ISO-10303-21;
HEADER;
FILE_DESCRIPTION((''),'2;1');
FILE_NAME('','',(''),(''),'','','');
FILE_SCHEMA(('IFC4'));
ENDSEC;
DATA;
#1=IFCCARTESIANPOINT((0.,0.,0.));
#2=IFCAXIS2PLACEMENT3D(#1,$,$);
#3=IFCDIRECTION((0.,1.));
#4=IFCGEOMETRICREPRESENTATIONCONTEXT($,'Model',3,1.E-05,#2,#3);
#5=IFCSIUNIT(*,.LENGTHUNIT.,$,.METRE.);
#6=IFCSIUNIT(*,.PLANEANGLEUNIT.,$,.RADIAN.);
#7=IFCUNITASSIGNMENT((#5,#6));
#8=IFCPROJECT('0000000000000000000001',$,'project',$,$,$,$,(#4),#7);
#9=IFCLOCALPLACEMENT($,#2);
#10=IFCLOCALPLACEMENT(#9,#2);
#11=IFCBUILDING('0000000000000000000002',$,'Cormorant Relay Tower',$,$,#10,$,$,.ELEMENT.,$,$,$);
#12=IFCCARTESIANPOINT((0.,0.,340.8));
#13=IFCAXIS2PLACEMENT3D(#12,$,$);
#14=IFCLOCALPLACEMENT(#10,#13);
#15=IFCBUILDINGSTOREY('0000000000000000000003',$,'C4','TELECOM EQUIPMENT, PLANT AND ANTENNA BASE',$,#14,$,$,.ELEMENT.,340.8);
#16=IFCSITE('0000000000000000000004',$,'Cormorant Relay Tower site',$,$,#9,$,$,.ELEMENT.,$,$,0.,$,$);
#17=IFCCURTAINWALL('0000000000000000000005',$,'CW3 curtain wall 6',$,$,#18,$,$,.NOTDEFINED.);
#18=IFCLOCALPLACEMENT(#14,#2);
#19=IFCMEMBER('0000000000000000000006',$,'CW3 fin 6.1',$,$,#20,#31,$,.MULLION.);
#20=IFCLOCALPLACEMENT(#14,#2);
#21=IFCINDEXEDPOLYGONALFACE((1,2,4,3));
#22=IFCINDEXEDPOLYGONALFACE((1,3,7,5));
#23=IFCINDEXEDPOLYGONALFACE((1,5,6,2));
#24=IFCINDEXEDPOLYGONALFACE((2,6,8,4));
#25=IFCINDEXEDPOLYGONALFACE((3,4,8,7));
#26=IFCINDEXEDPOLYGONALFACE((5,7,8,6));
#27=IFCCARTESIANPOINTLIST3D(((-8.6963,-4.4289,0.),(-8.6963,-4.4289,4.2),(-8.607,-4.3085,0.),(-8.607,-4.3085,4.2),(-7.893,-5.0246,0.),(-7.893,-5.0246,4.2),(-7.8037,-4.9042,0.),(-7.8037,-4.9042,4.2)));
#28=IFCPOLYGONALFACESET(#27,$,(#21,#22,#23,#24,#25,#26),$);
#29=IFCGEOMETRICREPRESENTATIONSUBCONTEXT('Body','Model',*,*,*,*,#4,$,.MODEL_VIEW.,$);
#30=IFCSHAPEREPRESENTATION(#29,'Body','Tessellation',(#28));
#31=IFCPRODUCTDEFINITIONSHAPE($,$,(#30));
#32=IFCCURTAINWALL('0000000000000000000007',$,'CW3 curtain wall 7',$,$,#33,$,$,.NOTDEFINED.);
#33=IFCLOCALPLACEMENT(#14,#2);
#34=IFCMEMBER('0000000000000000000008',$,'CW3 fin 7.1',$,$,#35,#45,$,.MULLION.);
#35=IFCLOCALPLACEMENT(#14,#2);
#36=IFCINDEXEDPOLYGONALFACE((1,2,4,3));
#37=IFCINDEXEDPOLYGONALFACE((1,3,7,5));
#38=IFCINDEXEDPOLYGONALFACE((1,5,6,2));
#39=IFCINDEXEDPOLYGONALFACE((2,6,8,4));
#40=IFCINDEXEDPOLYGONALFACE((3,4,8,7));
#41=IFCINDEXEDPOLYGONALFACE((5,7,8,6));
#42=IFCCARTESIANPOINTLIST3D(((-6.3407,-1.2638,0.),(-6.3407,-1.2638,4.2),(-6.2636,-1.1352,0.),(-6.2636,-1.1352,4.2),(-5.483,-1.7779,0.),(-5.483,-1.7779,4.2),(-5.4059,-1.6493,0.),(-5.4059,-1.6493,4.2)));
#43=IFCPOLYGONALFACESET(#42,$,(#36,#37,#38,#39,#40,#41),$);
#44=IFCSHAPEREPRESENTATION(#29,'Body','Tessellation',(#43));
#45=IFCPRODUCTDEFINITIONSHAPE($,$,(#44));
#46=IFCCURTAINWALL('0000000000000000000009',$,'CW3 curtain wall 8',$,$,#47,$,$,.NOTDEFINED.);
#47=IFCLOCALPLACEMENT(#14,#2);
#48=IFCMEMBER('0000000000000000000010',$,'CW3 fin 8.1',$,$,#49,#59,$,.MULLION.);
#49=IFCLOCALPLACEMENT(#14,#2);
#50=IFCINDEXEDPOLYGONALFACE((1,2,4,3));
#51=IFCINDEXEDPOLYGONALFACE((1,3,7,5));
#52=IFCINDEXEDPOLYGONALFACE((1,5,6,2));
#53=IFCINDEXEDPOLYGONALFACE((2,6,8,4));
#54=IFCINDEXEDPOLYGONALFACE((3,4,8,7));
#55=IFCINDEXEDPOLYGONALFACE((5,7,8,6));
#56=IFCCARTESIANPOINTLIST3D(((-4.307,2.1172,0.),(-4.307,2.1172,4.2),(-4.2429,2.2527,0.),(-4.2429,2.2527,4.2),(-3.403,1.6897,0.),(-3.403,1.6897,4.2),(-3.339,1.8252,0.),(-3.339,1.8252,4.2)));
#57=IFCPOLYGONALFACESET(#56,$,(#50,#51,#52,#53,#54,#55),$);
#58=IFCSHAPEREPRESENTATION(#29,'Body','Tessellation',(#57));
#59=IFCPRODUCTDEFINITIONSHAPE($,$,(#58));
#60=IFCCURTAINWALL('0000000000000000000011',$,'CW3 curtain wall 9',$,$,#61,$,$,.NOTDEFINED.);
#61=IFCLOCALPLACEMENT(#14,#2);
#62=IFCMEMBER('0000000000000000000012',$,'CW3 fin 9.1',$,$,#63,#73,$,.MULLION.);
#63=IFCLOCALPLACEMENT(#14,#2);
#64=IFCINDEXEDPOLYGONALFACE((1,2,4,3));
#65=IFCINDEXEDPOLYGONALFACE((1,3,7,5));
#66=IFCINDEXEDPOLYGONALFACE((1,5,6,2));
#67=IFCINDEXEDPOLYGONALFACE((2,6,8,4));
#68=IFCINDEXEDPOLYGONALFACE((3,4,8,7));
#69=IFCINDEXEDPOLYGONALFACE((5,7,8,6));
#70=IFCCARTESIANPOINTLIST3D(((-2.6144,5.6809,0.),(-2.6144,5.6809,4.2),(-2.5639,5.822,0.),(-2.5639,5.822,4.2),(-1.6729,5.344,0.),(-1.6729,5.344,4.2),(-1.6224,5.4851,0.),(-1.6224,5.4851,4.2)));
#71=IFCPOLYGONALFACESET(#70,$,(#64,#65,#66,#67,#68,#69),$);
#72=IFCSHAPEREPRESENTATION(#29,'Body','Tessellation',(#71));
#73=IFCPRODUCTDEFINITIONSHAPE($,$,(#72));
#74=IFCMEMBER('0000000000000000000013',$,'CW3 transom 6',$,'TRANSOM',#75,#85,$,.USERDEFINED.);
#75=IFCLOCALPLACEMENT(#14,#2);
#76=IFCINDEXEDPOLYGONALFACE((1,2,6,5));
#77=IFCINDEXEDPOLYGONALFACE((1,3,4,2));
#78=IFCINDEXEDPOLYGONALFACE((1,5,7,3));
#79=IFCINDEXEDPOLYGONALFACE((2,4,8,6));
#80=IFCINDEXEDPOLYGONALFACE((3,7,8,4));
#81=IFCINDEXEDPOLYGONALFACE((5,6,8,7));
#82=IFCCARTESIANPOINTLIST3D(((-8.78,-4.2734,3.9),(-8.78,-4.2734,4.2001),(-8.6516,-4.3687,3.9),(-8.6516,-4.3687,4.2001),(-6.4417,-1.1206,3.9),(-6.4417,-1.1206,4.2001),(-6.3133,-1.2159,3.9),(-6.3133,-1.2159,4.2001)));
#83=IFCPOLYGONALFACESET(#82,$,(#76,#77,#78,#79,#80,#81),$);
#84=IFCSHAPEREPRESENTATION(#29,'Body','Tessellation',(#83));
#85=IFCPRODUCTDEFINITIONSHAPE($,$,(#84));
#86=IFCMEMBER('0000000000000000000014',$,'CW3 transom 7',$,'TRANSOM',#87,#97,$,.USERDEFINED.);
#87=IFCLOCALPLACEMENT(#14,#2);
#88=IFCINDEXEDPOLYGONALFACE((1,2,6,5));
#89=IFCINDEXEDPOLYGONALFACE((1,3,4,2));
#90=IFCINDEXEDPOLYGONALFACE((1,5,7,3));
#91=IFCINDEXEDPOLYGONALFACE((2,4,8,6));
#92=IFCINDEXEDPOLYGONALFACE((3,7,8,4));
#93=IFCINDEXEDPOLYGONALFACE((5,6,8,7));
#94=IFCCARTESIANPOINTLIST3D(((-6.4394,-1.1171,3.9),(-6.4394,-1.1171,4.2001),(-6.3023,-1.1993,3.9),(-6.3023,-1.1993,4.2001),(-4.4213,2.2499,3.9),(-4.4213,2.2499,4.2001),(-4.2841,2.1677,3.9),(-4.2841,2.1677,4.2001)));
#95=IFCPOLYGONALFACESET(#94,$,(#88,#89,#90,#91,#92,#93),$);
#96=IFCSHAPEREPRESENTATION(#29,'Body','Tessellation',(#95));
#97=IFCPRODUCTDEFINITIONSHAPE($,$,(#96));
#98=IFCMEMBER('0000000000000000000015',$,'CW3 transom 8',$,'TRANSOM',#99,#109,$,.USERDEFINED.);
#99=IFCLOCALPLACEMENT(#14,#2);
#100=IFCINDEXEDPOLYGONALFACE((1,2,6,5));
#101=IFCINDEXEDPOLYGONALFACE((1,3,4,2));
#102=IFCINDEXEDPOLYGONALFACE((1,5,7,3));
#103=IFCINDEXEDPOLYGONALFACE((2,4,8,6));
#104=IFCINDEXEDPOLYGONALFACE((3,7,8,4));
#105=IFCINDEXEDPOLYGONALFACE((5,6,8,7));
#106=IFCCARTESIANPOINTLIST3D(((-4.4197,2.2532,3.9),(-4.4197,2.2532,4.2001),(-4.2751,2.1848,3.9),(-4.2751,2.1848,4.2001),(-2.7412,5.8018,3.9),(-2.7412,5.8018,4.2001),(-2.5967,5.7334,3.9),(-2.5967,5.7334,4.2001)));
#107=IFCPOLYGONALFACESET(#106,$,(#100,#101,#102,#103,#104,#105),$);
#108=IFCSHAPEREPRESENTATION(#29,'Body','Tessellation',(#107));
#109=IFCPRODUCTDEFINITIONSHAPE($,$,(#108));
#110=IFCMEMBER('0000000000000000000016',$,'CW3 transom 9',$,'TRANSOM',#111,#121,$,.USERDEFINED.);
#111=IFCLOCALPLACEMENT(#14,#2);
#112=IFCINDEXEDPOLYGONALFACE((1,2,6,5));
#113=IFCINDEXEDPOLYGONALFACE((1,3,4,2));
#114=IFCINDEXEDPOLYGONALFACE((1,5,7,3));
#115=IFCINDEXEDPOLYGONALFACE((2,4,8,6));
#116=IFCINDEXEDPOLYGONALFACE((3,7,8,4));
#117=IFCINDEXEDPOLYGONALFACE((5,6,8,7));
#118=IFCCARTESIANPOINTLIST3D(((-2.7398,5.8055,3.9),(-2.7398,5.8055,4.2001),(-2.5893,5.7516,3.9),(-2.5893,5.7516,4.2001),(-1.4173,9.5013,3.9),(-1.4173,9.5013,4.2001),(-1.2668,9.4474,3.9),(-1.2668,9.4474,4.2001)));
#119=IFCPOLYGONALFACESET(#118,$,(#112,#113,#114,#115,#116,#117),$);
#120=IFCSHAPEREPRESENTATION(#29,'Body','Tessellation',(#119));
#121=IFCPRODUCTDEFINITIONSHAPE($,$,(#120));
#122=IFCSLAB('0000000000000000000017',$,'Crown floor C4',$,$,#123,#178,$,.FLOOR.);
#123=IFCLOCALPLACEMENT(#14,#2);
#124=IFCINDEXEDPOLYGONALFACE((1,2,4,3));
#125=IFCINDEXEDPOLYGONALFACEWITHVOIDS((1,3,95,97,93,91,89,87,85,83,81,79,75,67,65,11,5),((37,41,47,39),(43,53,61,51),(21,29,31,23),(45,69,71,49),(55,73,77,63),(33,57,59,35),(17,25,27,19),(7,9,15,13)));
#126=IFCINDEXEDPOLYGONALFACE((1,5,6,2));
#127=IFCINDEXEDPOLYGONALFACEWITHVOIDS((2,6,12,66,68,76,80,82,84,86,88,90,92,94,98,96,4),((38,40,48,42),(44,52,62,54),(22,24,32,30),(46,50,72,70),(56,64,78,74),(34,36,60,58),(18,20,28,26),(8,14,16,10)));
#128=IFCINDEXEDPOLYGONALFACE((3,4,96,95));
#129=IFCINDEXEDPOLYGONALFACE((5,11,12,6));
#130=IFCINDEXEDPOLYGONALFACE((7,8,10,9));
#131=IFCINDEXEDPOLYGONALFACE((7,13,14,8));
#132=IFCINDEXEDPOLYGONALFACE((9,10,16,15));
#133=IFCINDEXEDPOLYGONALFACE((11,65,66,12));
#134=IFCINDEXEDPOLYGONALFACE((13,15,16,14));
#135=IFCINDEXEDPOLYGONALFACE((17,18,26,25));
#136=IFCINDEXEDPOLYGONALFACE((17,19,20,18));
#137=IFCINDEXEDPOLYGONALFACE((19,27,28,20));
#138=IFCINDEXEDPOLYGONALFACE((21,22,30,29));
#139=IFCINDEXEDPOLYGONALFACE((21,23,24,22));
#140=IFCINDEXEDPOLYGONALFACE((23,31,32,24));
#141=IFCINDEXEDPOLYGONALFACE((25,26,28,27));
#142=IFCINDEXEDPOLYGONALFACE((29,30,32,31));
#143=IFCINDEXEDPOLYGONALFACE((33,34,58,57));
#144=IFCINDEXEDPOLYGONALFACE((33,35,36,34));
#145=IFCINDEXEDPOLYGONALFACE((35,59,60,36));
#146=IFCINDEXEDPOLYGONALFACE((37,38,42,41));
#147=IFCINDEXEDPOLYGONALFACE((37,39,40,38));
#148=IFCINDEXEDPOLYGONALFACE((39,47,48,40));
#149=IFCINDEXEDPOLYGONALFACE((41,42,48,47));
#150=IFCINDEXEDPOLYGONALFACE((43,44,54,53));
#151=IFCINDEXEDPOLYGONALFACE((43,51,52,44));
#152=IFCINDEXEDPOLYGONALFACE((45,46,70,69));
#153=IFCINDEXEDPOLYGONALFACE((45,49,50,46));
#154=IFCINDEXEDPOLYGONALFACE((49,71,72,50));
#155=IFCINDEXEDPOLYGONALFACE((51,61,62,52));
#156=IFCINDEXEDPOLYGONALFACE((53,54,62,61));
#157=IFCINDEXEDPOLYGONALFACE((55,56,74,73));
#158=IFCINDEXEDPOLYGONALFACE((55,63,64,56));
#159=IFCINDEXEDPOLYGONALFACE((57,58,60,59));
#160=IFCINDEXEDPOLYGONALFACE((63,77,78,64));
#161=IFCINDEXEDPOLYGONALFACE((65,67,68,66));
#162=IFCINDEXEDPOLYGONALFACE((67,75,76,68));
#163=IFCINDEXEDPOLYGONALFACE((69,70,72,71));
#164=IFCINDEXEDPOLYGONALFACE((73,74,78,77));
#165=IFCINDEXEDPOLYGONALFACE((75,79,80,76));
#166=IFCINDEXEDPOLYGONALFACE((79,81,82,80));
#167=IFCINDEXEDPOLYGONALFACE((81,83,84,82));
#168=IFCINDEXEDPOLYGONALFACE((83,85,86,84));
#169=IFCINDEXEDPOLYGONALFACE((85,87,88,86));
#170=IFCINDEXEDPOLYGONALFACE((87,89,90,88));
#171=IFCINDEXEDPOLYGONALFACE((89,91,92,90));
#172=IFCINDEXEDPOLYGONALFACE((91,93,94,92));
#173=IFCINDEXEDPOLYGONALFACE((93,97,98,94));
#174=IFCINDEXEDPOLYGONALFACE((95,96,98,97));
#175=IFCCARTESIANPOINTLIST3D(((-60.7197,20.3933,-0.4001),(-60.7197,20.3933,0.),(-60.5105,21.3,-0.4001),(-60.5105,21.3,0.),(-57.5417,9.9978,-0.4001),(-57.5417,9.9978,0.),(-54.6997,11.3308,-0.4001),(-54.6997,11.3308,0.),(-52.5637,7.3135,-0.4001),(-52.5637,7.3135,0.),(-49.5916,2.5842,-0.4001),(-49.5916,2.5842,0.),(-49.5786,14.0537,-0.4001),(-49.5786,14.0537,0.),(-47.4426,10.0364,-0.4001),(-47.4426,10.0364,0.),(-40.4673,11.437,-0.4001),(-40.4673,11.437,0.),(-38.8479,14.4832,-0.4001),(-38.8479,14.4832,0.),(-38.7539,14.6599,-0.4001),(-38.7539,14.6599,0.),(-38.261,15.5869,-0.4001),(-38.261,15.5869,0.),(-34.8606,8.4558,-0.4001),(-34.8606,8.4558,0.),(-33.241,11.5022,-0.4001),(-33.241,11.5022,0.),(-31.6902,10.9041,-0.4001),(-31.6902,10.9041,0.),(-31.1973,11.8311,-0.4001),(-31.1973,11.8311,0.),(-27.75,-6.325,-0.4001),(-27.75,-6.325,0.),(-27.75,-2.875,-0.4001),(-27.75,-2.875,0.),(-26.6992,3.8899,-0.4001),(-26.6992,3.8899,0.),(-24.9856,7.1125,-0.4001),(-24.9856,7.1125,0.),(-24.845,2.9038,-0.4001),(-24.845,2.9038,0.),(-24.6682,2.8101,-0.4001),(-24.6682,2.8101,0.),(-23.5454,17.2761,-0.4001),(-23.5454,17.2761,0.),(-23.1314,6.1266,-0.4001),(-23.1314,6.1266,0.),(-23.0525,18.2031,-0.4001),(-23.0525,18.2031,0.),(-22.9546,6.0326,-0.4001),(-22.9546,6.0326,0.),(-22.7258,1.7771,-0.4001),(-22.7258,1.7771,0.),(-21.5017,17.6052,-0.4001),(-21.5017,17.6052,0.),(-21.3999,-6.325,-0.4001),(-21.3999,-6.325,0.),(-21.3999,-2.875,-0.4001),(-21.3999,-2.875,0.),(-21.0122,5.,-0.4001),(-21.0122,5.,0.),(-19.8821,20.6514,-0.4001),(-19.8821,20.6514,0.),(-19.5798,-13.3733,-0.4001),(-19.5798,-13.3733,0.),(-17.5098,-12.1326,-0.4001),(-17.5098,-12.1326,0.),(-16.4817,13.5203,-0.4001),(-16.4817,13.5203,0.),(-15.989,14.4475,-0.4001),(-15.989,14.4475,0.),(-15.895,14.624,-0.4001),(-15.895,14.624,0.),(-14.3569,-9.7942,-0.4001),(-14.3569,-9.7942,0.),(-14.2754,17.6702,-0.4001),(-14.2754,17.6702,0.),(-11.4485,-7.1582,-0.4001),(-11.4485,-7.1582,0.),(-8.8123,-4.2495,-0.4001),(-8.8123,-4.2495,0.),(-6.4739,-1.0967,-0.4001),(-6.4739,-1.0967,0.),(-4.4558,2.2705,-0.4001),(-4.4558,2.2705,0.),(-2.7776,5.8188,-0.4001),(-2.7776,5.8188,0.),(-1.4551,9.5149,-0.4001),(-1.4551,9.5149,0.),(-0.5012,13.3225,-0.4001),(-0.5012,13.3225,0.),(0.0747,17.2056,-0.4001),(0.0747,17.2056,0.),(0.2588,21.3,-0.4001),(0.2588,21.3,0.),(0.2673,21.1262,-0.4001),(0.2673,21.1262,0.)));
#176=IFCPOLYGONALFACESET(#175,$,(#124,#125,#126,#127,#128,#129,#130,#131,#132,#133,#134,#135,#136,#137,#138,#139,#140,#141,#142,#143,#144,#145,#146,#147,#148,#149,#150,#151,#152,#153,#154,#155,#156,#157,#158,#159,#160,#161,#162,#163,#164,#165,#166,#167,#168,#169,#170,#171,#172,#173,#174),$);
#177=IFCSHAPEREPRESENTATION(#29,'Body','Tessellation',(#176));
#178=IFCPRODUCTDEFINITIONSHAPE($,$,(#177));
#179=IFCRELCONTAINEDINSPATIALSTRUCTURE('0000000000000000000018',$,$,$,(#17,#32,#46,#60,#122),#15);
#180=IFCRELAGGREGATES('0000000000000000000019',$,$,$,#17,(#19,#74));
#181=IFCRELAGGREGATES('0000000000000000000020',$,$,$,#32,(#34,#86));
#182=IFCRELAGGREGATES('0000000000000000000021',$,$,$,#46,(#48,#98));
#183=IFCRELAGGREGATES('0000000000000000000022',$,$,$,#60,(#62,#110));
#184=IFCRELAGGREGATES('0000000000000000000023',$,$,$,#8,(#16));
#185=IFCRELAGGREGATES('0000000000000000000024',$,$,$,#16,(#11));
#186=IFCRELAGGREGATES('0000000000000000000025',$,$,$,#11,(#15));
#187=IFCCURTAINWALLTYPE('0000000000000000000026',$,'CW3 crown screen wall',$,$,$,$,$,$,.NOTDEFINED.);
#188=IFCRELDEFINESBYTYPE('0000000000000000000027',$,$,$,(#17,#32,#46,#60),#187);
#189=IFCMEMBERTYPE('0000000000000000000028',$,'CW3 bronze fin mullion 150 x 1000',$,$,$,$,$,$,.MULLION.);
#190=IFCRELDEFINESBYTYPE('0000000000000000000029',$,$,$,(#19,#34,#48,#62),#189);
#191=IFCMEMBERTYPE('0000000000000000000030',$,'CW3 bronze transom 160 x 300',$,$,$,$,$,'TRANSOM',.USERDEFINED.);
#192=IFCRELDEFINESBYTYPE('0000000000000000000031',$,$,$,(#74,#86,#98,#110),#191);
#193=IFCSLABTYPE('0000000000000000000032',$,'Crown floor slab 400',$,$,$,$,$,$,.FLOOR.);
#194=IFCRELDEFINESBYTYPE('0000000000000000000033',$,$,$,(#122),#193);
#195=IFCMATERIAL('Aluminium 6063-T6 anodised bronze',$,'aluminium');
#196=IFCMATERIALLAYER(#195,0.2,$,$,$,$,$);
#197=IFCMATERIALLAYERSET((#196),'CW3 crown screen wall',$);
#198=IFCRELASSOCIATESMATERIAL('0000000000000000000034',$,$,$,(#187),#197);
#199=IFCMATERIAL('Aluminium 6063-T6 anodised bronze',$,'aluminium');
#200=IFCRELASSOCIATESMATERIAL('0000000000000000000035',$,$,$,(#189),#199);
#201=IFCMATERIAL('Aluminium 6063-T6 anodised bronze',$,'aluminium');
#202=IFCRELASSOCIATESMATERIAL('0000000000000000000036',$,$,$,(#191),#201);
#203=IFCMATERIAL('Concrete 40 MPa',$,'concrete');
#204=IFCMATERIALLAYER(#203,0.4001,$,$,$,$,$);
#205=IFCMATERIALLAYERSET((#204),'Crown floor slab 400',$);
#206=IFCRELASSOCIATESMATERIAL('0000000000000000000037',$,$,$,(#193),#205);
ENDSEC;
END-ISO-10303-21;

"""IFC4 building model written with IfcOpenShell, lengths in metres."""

from ifc_helpers import new_model, si_unit, direction, frame, origin, origin_2d, place, context, subcontext, project, spatial, polyline, rectangle, outline, extrude, material, layer, layer_set, material_profile, profile_set, type_object, element, aggregate, save


model = new_model("IFC4")

# Units and contexts
model_context = context("Model", 3, precision=1e-05, world=origin(), true_north=direction((0.0, 1.0)))
body_context = subcontext(model_context, "Body", "Model", "MODEL_VIEW")
ifc_project = project(units=[si_unit("LENGTHUNIT", "METRE"), si_unit("PLANEANGLEUNIT", "RADIAN")], contexts=[model_context])

# Site, building, storey
site_placement = place(None, origin())
site = spatial("IfcSite", under=ifc_project, at=site_placement, Name="Cormorant Relay Tower site", CompositionType="ELEMENT", RefElevation=0.0)
building_placement = place(site_placement, origin())
building = spatial("IfcBuilding", under=site, at=building_placement, Name="Cormorant Relay Tower", CompositionType="ELEMENT")
storey_placement = place(building_placement, frame((0.0, 0.0, 340.8)))
storey = spatial("IfcBuildingStorey", under=building, at=storey_placement, Name="C4", Description="TELECOM EQUIPMENT, PLANT AND ANTENNA BASE", CompositionType="ELEMENT", Elevation=340.8)

# Curtain walls, members
ifc_material_1 = material(Name="Aluminium 6063-T6 anodised bronze", Category="aluminium")
ifc_layer_1 = layer(ifc_material_1, 0.2)
ifc_layer_set_1 = layer_set([ifc_layer_1], Name="CW3 crown screen wall")
curtain_wall_type = type_object("IfcCurtainWallType", Name="CW3 crown screen wall", PredefinedType="NOTDEFINED", material=ifc_layer_set_1)
curtain_wall_1_placement = place(storey_placement, origin())
curtain_wall_1 = element("IfcCurtainWall", 1, at=curtain_wall_1_placement, inside=storey, type_object=curtain_wall_type, Name="CW3 curtain wall 6", PredefinedType="NOTDEFINED")
ifc_material_2 = material(Name="Aluminium 6063-T6 anodised bronze", Category="aluminium")
ifc_material_profile_1 = material_profile(ifc_material_2, rectangle(XDim=0.1499, YDim=1.0, at=origin_2d()), Name="AL 150x1000")
ifc_profile_set_1 = profile_set([ifc_material_profile_1], Name="Aluminium 6063-T6 anodised bronze")
member_type_1 = type_object("IfcMemberType", Name="CW3 bronze fin mullion 150 x 1000", PredefinedType="MULLION", material=ifc_profile_set_1)
member_1_placement = place(storey_placement, frame((-8.25, -4.6665, 0.0), z_axis=(0.0, 0.0, 1.0), x_axis=(0.595699, 0.803208, 0.0)))
member_1 = element("IfcMember", 2, at=member_1_placement, type_object=member_type_1, Name="CW3 fin 6.1", PredefinedType="MULLION", context=body_context, shape_type="SweptSolid", body=[
    extrude(rectangle(XDim=0.1499, YDim=1.0, at=origin_2d()), origin(), (0.0, 0.0, 1.0), 4.2),
])
curtain_wall_2_placement = place(storey_placement, origin())
curtain_wall_2 = element("IfcCurtainWall", 3, at=curtain_wall_2_placement, inside=storey, type_object=curtain_wall_type, Name="CW3 curtain wall 7", PredefinedType="NOTDEFINED")
member_2_placement = place(storey_placement, frame((-5.8733, -1.4565, 0.0), z_axis=(0.0, 0.0, 1.0), x_axis=(0.514103, 0.857729, 0.0)))
member_2 = element("IfcMember", 4, at=member_2_placement, type_object=member_type_1, Name="CW3 fin 7.1", PredefinedType="MULLION", context=body_context, shape_type="SweptSolid", body=[
    extrude(rectangle(XDim=0.1499, YDim=1.0, at=origin_2d()), origin(), (0.0, 0.0, 1.0), 4.2),
])
curtain_wall_3_placement = place(storey_placement, origin())
curtain_wall_3 = element("IfcCurtainWall", 5, at=curtain_wall_3_placement, inside=storey, type_object=curtain_wall_type, Name="CW3 curtain wall 8", PredefinedType="NOTDEFINED")
member_3_placement = place(storey_placement, frame((-3.823, 1.9712, 0.0), z_axis=(0.0, 0.0, 1.0), x_axis=(0.427555, 0.903989, 0.0)))
member_3 = element("IfcMember", 6, at=member_3_placement, type_object=member_type_1, Name="CW3 fin 8.1", PredefinedType="MULLION", context=body_context, shape_type="SweptSolid", body=[
    extrude(rectangle(XDim=0.1499, YDim=1.0, at=origin_2d()), origin(), (0.0, 0.0, 1.0), 4.2),
])
curtain_wall_4_placement = place(storey_placement, origin())
curtain_wall_4 = element("IfcCurtainWall", 7, at=curtain_wall_4_placement, inside=storey, type_object=curtain_wall_type, Name="CW3 curtain wall 9", PredefinedType="NOTDEFINED")
member_4_placement = place(storey_placement, frame((-2.1184, 5.583, 0.0), z_axis=(0.0, 0.0, 1.0), x_axis=(0.33689, 0.941544, 0.0)))
member_4 = element("IfcMember", 8, at=member_4_placement, type_object=member_type_1, Name="CW3 fin 9.1", PredefinedType="MULLION", context=body_context, shape_type="SweptSolid", body=[
    extrude(rectangle(XDim=0.1499, YDim=1.0, at=origin_2d()), origin(), (0.0, 0.0, 1.0), 4.2),
])

# Members
ifc_material_3 = material(Name="Aluminium 6063-T6 anodised bronze", Category="aluminium")
ifc_material_profile_2 = material_profile(ifc_material_3, rectangle(XDim=0.1599, YDim=0.3, at=origin_2d()), Name="AL 160x300")
ifc_profile_set_2 = profile_set([ifc_material_profile_2], Name="Aluminium 6063-T6 anodised bronze")
member_type_2 = type_object("IfcMemberType", Name="CW3 bronze transom 160 x 300", ElementType="TRANSOM", PredefinedType="USERDEFINED", material=ifc_profile_set_2)
member_5_placement = place(storey_placement, frame((-8.7158, -4.321, 4.05), z_axis=(0.595712, 0.803198, 0.0), x_axis=(-0.803198, 0.595712, 0.0)))
member_5 = element("IfcMember", 9, at=member_5_placement, type_object=member_type_2, Name="CW3 transom 6", ObjectType="TRANSOM", PredefinedType="USERDEFINED", context=body_context, shape_type="SweptSolid", body=[
    extrude(rectangle(XDim=0.1599, YDim=0.3, at=origin_2d()), origin(), (0.0, 0.0, 1.0), 3.9253),
])
member_6_placement = place(storey_placement, frame((-6.3708, -1.1582, 4.05), z_axis=(0.514102, 0.857729, 0.0), x_axis=(-0.857729, 0.514102, 0.0)))
member_6 = element("IfcMember", 10, at=member_6_placement, type_object=member_type_2, Name="CW3 transom 7", ObjectType="TRANSOM", PredefinedType="USERDEFINED", context=body_context, shape_type="SweptSolid", body=[
    extrude(rectangle(XDim=0.1599, YDim=0.3, at=origin_2d()), origin(), (0.0, 0.0, 1.0), 3.9255),
])
member_7_placement = place(storey_placement, frame((-4.3474, 2.219, 4.05), z_axis=(0.427578, 0.903978, 0.0), x_axis=(-0.903978, 0.427578, 0.0)))
member_7 = element("IfcMember", 11, at=member_7_placement, type_object=member_type_2, Name="CW3 transom 8", ObjectType="TRANSOM", PredefinedType="USERDEFINED", context=body_context, shape_type="SweptSolid", body=[
    extrude(rectangle(XDim=0.1599, YDim=0.3, at=origin_2d()), origin(), (0.0, 0.0, 1.0), 3.9255),
])
member_8_placement = place(storey_placement, frame((-2.6646, 5.7786, 4.05), z_axis=(0.336919, 0.941533, 0.0), x_axis=(-0.941533, 0.336919, 0.0)))
member_8 = element("IfcMember", 12, at=member_8_placement, type_object=member_type_2, Name="CW3 transom 9", ObjectType="TRANSOM", PredefinedType="USERDEFINED", context=body_context, shape_type="SweptSolid", body=[
    extrude(rectangle(XDim=0.1599, YDim=0.3, at=origin_2d()), origin(), (0.0, 0.0, 1.0), 3.9253),
])

# Slab
ifc_material_4 = material(Name="Concrete 40 MPa", Category="concrete")
ifc_layer_2 = layer(ifc_material_4, 0.4001)
ifc_layer_set_2 = layer_set([ifc_layer_2], Name="Crown floor slab 400")
slab_type_1 = type_object("IfcSlabType", Name="Crown floor slab 400", PredefinedType="FLOOR", material=ifc_layer_set_2)
slab_1_placement = place(storey_placement, frame((0.0, 0.0, -0.4001)))
element("IfcSlab", 13, at=slab_1_placement, inside=storey, type_object=slab_type_1, Name="Crown floor C4", PredefinedType="FLOOR", context=body_context, shape_type="SweptSolid", body=[
    extrude(outline(polyline([(-19.5798, -13.3733), (-17.5098, -12.1326), (-14.3569, -9.7942), (-11.4485, -7.1582), (-8.8123, -4.2495), (-6.4739, -1.0967), (-4.4558, 2.2705), (-2.7776, 5.8188), (-1.4551, 9.5149), (-0.5012, 13.3225), (0.0747, 17.2056), (0.2673, 21.1262), (0.2588, 21.3), (-60.5105, 21.3), (-60.7197, 20.3933), (-57.5417, 9.9978), (-49.5916, 2.5842), (-19.5798, -13.3733)]), holes=[polyline([(-21.3999, -2.875), (-27.75, -2.875), (-27.75, -6.325), (-21.3999, -6.325), (-21.3999, -2.875)]), polyline([(-22.9546, 6.0327), (-24.6682, 2.8101), (-22.7258, 1.7771), (-21.0122, 5.0), (-23.043, 6.0796), (-22.9546, 6.0327)]), polyline([(-24.9856, 7.1125), (-26.6992, 3.8899), (-24.845, 2.9038), (-23.1313, 6.1267), (-23.043, 6.0796), (-24.9856, 7.1125)]), polyline([(-54.6997, 11.3308), (-52.5637, 7.3135), (-47.4426, 10.0364), (-49.5786, 14.0537), (-54.6997, 11.3308)]), polyline([(-38.8479, 14.4832), (-40.4673, 11.437), (-34.8606, 8.4558), (-33.241, 11.5022), (-38.8479, 14.4832)]), polyline([(-31.6902, 10.9041), (-31.1973, 11.8311), (-38.261, 15.5869), (-38.7539, 14.6599), (-31.6902, 10.9041)]), polyline([(-23.0525, 18.2031), (-23.5454, 17.2761), (-16.4817, 13.5203), (-15.989, 14.4475), (-23.0525, 18.2031)]), polyline([(-14.2754, 17.6702), (-19.8821, 20.6514), (-21.5017, 17.6052), (-15.895, 14.624), (-14.2754, 17.6702)])]), origin(), (0.0, 0.0, 1.0), 0.4001),
])

aggregate(curtain_wall_1, [member_1, member_5])
aggregate(curtain_wall_2, [member_2, member_6])
aggregate(curtain_wall_3, [member_3, member_7])
aggregate(curtain_wall_4, [member_4, member_8])

save(model, "model.ifc")
